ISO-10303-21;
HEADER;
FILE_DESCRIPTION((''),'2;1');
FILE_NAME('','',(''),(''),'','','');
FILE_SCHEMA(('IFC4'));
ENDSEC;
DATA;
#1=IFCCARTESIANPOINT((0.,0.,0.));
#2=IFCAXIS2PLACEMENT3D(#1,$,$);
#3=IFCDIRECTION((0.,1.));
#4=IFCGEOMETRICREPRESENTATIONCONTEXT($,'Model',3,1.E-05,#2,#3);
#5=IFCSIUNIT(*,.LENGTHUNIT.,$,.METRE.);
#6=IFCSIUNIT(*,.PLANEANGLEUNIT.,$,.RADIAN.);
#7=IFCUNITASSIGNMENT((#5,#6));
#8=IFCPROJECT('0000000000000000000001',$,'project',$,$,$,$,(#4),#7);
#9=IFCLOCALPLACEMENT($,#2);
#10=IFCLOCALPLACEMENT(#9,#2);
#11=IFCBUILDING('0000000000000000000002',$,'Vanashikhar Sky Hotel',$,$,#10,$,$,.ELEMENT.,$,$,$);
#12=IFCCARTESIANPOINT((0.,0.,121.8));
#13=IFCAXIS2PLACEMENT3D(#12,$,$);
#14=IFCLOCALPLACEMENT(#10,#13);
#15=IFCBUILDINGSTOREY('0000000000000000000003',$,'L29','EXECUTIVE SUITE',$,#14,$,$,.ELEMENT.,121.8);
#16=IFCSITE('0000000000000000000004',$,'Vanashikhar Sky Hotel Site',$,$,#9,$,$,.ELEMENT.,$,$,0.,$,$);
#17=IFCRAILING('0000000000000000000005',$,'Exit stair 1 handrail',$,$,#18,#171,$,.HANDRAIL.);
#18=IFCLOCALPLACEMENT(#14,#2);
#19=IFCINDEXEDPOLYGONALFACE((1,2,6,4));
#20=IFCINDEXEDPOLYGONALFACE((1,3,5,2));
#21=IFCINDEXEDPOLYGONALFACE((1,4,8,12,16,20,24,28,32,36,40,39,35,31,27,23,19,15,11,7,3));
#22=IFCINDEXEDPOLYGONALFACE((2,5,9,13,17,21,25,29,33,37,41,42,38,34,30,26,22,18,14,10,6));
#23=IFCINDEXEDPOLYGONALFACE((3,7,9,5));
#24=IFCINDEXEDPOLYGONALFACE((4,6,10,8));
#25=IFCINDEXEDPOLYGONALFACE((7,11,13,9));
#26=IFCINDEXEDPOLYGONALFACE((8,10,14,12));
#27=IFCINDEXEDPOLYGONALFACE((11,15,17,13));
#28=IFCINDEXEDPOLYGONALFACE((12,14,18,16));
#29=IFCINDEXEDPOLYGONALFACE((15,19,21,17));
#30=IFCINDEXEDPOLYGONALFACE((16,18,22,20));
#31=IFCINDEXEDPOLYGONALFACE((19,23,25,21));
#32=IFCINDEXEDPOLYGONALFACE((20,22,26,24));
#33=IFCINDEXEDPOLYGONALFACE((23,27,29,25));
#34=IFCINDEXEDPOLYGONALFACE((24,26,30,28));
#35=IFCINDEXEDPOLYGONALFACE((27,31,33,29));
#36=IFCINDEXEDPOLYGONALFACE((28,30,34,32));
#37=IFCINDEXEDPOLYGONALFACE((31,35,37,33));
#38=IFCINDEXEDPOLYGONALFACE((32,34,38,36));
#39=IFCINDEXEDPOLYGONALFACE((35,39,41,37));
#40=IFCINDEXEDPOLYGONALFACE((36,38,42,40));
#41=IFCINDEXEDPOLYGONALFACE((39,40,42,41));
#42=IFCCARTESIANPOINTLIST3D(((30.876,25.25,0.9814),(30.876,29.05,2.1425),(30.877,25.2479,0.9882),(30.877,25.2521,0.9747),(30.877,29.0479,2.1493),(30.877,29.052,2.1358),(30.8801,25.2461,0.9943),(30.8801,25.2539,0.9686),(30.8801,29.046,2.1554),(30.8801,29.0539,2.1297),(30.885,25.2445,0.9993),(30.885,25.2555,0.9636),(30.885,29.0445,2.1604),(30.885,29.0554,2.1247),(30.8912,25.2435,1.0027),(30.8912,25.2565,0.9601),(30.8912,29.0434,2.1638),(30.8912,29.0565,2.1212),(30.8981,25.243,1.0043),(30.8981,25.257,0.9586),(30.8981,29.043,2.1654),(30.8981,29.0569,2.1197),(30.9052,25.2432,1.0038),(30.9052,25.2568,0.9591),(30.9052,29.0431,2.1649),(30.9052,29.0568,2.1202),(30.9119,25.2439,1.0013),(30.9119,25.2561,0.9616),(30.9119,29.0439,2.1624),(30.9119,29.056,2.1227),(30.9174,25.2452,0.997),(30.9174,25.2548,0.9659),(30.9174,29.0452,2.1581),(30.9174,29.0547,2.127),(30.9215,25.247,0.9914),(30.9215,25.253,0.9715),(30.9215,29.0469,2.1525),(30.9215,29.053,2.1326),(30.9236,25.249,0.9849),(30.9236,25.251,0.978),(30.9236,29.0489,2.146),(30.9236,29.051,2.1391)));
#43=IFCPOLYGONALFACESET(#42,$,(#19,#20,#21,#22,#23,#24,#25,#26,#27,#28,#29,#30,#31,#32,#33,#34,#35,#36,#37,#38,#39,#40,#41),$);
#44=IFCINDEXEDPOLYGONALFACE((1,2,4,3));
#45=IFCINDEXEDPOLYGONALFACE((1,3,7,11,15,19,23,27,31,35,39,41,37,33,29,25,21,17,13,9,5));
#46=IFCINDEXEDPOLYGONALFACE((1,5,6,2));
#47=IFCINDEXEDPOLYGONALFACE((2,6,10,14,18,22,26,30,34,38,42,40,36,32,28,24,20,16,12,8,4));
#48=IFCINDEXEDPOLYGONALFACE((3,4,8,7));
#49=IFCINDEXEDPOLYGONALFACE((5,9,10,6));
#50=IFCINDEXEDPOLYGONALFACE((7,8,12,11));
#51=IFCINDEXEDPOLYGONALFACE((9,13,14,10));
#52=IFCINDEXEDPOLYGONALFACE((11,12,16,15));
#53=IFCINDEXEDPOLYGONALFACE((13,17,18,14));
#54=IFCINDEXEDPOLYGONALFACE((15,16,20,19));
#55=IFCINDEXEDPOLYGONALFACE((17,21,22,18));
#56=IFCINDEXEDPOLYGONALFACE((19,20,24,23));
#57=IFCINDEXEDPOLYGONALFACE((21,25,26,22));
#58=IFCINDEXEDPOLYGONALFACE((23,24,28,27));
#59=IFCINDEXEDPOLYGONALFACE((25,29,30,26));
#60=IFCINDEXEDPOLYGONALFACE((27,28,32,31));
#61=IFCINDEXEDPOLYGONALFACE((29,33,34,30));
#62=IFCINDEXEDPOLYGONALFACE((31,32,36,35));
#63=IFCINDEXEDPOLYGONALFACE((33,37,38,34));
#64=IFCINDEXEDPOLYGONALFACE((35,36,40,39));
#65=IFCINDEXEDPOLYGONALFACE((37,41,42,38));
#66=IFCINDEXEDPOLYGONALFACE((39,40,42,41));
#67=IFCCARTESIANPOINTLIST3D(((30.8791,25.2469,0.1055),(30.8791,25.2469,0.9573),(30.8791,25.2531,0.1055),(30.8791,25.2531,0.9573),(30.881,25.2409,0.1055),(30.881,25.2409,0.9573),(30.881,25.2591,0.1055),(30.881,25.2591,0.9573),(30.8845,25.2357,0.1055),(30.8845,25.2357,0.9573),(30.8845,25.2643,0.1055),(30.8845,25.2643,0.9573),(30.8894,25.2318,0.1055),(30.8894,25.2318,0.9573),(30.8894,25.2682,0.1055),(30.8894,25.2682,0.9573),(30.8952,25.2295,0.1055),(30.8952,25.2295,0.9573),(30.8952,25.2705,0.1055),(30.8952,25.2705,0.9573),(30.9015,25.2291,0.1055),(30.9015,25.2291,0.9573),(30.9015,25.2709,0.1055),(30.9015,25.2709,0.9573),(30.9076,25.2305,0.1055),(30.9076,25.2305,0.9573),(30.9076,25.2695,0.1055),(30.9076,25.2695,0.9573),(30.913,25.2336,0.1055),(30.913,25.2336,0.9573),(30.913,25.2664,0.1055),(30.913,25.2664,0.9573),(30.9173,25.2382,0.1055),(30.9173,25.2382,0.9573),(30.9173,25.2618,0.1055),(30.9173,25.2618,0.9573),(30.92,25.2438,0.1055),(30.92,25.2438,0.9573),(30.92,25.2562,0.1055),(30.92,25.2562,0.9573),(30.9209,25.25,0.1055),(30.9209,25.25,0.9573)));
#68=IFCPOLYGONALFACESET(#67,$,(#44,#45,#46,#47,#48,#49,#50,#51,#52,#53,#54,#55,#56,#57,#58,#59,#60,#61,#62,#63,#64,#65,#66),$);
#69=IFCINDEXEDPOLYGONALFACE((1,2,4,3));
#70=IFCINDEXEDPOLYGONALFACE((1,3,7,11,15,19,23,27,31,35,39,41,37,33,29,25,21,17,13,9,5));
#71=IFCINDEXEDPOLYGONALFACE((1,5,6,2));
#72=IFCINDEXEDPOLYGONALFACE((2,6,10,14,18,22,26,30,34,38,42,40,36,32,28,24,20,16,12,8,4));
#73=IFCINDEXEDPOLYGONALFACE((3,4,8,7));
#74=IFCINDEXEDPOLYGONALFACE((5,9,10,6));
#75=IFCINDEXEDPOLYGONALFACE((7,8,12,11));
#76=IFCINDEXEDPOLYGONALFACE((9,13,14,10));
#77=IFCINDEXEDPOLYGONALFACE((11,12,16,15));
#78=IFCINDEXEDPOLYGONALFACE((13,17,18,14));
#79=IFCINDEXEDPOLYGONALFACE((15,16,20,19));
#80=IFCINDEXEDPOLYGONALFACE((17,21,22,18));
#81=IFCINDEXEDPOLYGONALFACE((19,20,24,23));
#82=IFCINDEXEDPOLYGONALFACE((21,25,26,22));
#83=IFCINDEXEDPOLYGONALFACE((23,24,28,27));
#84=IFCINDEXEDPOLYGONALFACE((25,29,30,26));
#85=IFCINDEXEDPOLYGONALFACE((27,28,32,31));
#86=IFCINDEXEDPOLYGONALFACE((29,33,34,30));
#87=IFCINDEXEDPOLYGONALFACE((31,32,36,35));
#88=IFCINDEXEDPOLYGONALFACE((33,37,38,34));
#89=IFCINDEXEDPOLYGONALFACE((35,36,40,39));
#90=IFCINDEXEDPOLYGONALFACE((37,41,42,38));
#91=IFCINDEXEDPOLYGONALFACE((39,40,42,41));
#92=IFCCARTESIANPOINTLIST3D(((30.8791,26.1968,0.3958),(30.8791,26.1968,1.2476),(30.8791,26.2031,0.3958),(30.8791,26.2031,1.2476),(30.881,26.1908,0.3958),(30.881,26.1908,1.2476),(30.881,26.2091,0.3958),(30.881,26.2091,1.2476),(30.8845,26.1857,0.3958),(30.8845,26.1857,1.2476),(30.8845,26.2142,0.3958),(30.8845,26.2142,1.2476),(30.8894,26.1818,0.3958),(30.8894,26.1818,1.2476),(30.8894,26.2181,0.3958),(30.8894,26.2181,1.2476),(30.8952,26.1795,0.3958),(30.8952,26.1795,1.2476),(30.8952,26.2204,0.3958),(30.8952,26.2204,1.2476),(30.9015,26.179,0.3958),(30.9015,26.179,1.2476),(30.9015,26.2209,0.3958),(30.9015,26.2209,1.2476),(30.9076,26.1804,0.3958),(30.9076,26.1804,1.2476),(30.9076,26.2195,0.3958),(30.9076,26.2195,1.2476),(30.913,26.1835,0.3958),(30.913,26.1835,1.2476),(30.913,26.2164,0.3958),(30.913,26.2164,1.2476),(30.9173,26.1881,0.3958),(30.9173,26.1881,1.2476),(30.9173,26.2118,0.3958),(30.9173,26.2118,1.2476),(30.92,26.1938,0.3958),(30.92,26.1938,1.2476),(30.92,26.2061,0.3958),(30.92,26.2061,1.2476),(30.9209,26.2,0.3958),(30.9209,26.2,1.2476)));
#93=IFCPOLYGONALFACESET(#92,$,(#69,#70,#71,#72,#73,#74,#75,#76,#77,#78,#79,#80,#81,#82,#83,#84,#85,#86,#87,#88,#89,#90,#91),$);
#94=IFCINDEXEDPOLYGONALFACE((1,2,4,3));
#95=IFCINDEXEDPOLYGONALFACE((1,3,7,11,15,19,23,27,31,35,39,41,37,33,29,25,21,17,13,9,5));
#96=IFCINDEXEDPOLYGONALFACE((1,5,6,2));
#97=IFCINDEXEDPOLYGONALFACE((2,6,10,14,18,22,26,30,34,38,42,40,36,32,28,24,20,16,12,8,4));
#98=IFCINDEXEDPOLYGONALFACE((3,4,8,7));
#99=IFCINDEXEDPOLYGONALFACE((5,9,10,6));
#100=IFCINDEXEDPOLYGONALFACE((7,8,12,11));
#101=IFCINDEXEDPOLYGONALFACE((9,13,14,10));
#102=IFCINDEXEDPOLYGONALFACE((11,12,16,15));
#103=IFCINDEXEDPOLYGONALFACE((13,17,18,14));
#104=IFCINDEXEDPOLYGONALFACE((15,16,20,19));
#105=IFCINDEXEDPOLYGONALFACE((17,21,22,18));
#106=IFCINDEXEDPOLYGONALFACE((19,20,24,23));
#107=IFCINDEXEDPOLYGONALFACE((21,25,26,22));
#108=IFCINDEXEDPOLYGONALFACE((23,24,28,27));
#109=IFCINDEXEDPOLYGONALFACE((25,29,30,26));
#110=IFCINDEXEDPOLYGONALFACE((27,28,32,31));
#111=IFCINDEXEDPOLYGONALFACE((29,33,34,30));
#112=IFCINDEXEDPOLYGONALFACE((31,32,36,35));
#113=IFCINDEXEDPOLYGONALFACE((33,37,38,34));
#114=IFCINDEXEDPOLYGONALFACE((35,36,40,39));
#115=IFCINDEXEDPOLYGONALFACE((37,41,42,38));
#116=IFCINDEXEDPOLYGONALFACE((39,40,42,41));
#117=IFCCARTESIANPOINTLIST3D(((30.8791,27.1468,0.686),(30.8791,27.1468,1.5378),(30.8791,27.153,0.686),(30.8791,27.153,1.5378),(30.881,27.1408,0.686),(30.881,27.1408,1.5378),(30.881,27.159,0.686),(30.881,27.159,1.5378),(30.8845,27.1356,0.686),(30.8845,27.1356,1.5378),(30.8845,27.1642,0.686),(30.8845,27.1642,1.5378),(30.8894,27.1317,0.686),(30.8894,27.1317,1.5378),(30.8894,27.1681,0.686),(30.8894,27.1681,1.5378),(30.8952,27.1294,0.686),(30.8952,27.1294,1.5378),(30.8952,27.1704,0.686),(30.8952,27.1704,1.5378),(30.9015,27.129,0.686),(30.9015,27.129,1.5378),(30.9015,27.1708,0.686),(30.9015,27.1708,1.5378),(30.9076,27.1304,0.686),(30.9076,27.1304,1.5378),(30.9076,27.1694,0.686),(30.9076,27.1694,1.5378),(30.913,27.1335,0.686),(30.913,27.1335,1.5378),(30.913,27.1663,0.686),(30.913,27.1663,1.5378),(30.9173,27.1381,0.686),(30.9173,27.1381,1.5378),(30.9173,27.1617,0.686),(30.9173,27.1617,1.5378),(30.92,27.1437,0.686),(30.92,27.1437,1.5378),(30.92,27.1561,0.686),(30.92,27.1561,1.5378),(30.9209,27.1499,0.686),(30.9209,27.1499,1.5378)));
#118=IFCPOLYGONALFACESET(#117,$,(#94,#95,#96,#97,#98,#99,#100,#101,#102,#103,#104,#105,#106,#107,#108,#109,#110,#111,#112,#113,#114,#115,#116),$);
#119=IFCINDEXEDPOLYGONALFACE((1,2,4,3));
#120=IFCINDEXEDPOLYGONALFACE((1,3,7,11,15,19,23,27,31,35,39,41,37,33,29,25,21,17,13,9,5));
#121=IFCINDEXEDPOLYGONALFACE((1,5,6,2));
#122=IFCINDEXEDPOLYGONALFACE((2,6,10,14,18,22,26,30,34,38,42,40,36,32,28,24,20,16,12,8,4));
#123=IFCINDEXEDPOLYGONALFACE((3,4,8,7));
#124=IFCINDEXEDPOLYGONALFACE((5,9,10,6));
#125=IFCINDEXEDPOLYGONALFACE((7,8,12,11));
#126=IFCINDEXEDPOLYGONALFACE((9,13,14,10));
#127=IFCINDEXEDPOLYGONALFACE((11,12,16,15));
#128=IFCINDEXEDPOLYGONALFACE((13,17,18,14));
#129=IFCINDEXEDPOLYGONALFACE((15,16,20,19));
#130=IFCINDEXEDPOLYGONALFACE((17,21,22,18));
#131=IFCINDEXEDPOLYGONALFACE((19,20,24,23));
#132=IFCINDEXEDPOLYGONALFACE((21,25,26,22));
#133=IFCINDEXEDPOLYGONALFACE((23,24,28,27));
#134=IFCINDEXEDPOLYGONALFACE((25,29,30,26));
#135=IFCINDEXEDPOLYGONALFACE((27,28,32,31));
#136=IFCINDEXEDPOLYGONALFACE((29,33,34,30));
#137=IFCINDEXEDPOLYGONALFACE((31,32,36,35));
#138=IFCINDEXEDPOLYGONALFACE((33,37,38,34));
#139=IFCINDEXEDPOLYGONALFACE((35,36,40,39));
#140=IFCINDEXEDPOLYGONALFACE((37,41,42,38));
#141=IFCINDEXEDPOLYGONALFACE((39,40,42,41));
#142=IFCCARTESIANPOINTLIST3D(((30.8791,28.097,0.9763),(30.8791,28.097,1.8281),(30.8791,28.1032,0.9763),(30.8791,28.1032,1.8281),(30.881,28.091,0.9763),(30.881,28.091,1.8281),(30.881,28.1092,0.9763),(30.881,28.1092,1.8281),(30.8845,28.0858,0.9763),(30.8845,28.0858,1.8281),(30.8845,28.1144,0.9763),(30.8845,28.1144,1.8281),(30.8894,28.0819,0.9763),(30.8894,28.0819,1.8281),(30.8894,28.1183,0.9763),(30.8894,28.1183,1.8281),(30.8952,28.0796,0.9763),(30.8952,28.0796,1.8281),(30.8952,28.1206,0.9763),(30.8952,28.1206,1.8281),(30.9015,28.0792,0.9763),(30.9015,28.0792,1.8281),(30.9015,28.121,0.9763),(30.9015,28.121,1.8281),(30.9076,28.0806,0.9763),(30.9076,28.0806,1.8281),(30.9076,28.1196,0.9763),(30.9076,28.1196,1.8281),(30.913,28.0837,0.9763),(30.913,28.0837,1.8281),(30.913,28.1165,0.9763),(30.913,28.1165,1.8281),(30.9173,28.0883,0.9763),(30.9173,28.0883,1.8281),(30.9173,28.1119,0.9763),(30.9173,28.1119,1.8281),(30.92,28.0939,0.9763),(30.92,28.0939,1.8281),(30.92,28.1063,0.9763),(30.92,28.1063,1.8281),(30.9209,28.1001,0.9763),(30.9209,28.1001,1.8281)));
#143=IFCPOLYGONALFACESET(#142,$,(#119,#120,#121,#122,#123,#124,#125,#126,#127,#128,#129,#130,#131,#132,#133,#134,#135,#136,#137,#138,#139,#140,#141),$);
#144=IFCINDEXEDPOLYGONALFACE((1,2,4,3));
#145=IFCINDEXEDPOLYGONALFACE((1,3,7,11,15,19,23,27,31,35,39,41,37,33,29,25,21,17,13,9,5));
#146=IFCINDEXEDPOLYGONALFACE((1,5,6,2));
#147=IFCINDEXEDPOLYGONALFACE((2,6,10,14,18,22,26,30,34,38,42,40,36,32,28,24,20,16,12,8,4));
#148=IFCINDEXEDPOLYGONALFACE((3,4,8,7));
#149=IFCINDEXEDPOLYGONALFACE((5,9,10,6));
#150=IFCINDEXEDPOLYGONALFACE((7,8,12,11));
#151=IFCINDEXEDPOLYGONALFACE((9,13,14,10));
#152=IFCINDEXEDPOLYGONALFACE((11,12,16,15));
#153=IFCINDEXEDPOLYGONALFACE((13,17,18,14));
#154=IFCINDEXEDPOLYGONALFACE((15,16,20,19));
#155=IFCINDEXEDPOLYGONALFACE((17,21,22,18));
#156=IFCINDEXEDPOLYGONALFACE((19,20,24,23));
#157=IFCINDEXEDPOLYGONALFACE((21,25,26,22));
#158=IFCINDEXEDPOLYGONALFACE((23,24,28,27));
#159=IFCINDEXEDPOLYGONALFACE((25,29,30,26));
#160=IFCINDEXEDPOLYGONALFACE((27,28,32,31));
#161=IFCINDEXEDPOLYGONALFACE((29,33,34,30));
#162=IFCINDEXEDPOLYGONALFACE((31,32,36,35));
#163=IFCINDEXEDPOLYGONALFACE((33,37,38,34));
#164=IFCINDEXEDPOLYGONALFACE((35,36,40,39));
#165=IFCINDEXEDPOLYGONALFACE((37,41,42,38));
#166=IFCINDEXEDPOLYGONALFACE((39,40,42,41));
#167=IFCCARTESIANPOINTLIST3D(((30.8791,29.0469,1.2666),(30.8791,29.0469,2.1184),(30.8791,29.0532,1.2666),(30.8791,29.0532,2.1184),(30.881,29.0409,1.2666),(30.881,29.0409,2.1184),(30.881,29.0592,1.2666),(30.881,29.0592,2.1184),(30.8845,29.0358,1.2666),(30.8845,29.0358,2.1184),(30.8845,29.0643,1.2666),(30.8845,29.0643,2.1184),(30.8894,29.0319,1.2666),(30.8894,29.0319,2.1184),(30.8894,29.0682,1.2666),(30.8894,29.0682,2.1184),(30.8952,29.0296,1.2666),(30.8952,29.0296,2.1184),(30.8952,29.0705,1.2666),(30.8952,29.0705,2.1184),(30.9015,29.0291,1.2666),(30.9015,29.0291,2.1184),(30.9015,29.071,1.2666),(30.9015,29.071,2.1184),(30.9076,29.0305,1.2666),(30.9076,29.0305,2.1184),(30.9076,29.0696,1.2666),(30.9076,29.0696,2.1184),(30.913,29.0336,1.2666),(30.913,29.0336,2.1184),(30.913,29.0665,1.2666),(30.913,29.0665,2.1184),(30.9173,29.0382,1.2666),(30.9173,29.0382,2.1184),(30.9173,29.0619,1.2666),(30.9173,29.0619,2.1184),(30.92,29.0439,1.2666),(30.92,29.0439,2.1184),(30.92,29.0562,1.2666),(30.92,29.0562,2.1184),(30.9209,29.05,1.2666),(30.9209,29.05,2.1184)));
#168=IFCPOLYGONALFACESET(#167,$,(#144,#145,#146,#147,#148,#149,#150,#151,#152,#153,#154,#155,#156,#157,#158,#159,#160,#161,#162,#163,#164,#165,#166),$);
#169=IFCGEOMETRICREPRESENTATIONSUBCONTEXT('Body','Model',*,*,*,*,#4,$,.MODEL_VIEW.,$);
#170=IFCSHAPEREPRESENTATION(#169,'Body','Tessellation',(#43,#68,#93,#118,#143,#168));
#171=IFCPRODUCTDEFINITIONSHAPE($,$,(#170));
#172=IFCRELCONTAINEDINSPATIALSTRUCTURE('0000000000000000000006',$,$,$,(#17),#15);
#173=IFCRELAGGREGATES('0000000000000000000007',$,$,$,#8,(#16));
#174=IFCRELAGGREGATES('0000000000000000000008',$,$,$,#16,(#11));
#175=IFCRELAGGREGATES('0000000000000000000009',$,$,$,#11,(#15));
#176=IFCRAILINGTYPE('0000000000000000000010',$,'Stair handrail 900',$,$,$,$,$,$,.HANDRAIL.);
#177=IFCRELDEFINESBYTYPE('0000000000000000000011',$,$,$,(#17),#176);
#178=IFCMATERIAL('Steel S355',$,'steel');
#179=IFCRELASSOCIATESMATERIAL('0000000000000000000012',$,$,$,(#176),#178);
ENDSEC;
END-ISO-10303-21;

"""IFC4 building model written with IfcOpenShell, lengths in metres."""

from ifc_helpers import new_model, si_unit, direction, frame, origin, origin_2d, place, context, subcontext, project, spatial, circle, extrude, source, transform, mapped, material, type_object, element, save


model = new_model("IFC4")

# Units and contexts
model_context = context("Model", 3, precision=1e-05, world=origin(), true_north=direction((0.0, 1.0)))
body_context = subcontext(model_context, "Body", "Model", "MODEL_VIEW")
ifc_project = project(units=[si_unit("LENGTHUNIT", "METRE"), si_unit("PLANEANGLEUNIT", "RADIAN")], contexts=[model_context])

# Site, building, storey
site_placement = place(None, origin())
site = spatial("IfcSite", under=ifc_project, at=site_placement, Name="Vanashikhar Sky Hotel Site", CompositionType="ELEMENT", RefElevation=0.0)
building_placement = place(site_placement, origin())
building = spatial("IfcBuilding", under=site, at=building_placement, Name="Vanashikhar Sky Hotel", CompositionType="ELEMENT")
storey_placement = place(building_placement, frame((0.0, 0.0, 121.8)))
storey = spatial("IfcBuildingStorey", under=building, at=storey_placement, Name="L29", Description="EXECUTIVE SUITE", CompositionType="ELEMENT", Elevation=121.8)

# Railing
ifc_material_1 = material(Name="Steel S355", Category="steel")
railing_type = type_object("IfcRailingType", Name="Stair handrail 900", PredefinedType="HANDRAIL", material=ifc_material_1)
shared_shape_1 = source(origin(), body_context, "Body", "SweptSolid", [
    extrude(circle(Radius=0.0239, at=origin_2d()), frame((0.0, 0.0, 0.876), z_axis=(0.0, 0.956351, 0.29222), x_axis=(-1.0, 0.0, 0.0)), (0.0, 0.0, 1.0), 3.9734),
    extrude(circle(Radius=0.021, at=origin_2d()), origin(), (0.0, 0.0, 1.0), 0.8518),
    extrude(circle(Radius=0.021, at=origin_2d()), frame((0.0, 0.95, 0.2903)), (0.0, 0.0, 1.0), 0.8518),
    extrude(circle(Radius=0.021, at=origin_2d()), frame((0.0, 1.8999, 0.5806)), (0.0, 0.0, 1.0), 0.8518),
    extrude(circle(Radius=0.021, at=origin_2d()), frame((0.0, 2.8501, 0.8708)), (0.0, 0.0, 1.0), 0.8518),
    extrude(circle(Radius=0.021, at=origin_2d()), frame((0.0, 3.8, 1.1611)), (0.0, 0.0, 1.0), 0.8518),
])
for number, where, name in (
    (1, (30.8999, 25.25, 0.1055), "Exit stair 1 handrail"),
):
    element("IfcRailing", number, at=place(storey_placement, frame(where)), inside=storey, type_object=railing_type, Name=name, PredefinedType="HANDRAIL", context=body_context, shape_type="MappedRepresentation", body=[
        mapped(shared_shape_1, transform((0.0, 0.0, 0.0), scale=1.0)),
    ])

save(model, "model.ifc")
